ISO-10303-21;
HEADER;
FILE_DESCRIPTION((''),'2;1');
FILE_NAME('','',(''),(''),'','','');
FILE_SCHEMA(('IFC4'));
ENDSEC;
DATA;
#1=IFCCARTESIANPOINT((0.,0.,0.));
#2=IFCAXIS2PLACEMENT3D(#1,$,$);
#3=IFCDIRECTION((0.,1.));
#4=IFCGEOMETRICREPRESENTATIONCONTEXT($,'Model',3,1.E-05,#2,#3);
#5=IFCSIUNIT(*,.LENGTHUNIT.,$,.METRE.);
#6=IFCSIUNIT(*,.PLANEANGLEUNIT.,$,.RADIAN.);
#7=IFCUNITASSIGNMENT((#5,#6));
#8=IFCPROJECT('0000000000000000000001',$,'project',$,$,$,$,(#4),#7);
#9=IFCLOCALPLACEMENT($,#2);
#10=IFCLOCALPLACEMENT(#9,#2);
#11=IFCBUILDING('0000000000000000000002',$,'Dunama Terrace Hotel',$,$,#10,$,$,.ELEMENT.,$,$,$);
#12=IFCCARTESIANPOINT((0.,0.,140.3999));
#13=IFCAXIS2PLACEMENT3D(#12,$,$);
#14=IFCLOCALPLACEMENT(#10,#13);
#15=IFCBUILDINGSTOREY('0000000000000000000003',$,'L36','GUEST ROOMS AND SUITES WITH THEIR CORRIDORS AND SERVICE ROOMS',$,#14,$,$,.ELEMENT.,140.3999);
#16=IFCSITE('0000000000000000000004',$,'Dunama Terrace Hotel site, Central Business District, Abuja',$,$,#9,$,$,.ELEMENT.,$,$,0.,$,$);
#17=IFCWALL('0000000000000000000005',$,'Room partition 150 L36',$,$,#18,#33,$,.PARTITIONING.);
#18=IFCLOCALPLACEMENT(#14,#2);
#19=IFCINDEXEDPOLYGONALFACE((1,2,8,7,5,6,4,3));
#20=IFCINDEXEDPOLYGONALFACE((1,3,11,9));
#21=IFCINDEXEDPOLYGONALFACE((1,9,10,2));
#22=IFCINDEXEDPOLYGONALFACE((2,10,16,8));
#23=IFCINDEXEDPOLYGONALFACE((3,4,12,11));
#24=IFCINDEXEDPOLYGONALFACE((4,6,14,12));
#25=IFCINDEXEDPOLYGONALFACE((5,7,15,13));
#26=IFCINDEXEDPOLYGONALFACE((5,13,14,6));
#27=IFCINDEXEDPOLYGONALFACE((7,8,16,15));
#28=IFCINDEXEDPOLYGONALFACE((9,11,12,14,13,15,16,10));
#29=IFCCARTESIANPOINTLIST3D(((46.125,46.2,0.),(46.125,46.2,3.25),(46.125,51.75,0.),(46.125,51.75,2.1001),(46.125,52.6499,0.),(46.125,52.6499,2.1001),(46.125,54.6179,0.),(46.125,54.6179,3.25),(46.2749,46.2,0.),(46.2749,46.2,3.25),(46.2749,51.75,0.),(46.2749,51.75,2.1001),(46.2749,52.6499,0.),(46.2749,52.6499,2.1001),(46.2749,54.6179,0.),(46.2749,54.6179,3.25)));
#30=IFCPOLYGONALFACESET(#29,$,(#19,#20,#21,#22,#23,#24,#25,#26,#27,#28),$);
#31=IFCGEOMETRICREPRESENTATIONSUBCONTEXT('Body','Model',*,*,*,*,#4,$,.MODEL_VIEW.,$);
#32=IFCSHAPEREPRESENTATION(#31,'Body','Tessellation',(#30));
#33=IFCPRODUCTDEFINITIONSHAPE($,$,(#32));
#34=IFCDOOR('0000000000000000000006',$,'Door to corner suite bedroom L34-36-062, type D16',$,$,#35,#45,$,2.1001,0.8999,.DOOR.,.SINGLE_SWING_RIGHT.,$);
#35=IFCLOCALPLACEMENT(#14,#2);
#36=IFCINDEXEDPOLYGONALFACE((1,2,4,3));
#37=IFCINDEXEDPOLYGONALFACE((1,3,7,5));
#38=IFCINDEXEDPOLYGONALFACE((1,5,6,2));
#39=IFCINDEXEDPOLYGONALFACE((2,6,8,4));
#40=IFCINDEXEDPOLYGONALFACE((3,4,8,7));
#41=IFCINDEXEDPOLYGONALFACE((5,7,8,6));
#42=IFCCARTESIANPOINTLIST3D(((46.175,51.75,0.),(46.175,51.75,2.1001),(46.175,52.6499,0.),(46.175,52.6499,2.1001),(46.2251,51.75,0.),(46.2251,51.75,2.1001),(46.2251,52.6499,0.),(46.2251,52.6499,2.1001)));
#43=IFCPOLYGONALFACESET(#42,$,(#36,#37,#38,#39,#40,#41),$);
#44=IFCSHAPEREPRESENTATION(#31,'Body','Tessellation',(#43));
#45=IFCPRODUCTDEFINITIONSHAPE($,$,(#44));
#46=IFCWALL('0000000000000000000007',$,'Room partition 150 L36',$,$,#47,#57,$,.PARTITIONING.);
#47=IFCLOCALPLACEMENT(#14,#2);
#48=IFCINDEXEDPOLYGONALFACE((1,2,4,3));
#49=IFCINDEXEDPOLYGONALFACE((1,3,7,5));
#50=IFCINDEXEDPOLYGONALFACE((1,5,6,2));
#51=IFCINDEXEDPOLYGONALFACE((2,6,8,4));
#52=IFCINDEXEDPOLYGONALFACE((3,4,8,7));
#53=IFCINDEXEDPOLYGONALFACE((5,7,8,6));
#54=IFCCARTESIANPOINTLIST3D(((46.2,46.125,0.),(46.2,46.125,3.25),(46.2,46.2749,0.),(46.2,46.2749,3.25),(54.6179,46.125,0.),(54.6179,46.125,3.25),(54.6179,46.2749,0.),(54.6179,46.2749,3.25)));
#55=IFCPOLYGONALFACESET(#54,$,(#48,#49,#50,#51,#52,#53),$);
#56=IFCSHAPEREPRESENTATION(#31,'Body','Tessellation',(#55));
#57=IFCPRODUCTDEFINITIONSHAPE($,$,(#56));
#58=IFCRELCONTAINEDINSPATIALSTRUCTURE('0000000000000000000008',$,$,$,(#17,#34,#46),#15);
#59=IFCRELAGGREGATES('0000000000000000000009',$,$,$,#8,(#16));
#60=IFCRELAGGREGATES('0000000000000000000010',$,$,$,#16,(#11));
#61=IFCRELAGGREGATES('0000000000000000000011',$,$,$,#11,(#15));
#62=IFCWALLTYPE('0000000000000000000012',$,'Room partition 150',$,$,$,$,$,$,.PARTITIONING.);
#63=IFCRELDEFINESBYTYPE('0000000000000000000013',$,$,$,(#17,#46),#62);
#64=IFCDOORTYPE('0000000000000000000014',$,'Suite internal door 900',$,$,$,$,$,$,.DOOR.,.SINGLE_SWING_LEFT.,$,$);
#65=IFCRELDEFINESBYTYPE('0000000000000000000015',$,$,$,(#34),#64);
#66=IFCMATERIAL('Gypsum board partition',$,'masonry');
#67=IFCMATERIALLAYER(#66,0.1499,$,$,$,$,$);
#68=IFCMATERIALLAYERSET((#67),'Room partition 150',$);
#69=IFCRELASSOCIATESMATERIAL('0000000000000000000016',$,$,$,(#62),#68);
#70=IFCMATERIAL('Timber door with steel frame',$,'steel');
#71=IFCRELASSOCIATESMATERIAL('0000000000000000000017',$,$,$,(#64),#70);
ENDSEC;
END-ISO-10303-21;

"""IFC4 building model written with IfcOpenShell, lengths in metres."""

from ifc_helpers import new_model, si_unit, direction, frame, frame_2d, origin, place, context, subcontext, project, spatial, rectangle, extrude, material, layer, layer_set, type_object, element, fill, save


model = new_model("IFC4")

# Units and contexts
model_context = context("Model", 3, precision=1e-05, world=origin(), true_north=direction((0.0, 1.0)))
body_context = subcontext(model_context, "Body", "Model", "MODEL_VIEW")
ifc_project = project(units=[si_unit("LENGTHUNIT", "METRE"), si_unit("PLANEANGLEUNIT", "RADIAN")], contexts=[model_context])

# Site, building, storey
site_placement = place(None, origin())
site = spatial("IfcSite", under=ifc_project, at=site_placement, Name="Dunama Terrace Hotel site, Central Business District, Abuja", CompositionType="ELEMENT", RefElevation=0.0)
building_placement = place(site_placement, origin())
building = spatial("IfcBuilding", under=site, at=building_placement, Name="Dunama Terrace Hotel", CompositionType="ELEMENT")
storey_placement = place(building_placement, frame((0.0, 0.0, 140.3999)))
storey = spatial("IfcBuildingStorey", under=building, at=storey_placement, Name="L36", Description="GUEST ROOMS AND SUITES WITH THEIR CORRIDORS AND SERVICE ROOMS", CompositionType="ELEMENT", Elevation=140.3999)

# Wall, opening, door
ifc_material_1 = material(Name="Gypsum board partition", Category="masonry")
ifc_layer_1 = layer(ifc_material_1, 0.1499)
ifc_layer_set_1 = layer_set([ifc_layer_1], Name="Room partition 150")
wall_type_1 = type_object("IfcWallType", Name="Room partition 150", PredefinedType="PARTITIONING", material=ifc_layer_set_1)
wall_1_placement = place(storey_placement, frame((46.2, 46.2, 0.0), z_axis=(0.0, 0.0, 1.0), x_axis=(0.0, 1.0, 0.0)))
wall_1 = element("IfcWall", 1, at=wall_1_placement, inside=storey, type_object=wall_type_1, Name="Room partition 150 L36", PredefinedType="PARTITIONING", context=body_context, shape_type="SweptSolid", body=[
    extrude(rectangle(XDim=8.418, YDim=0.1499, at=frame_2d((4.209, 0.0))), origin(), (0.0, 0.0, 1.0), 3.25),
])
opening_1_placement = place(wall_1_placement, frame((5.55, 0.0, 0.0)))
opening_1 = element("IfcOpeningElement", 2, at=opening_1_placement, cuts=wall_1, PredefinedType="OPENING", context=body_context, shape_type="SweptSolid", body=[
    extrude(rectangle(XDim=0.8999, YDim=2.1001, at=frame_2d((0.45, 1.05))), frame((0.0, 0.085, 0.0), z_axis=(0.0, -1.0, 0.0), x_axis=(1.0, 0.0, 0.0)), (0.0, 0.0, 1.0), 0.1699),
])
ifc_material_2 = material(Name="Timber door with steel frame", Category="steel")
door_type_1 = type_object("IfcDoorType", Name="Suite internal door 900", OperationType="SINGLE_SWING_LEFT", PredefinedType="DOOR", material=ifc_material_2)
door_1_placement = place(opening_1_placement, frame((0.8999, 0.0, 0.0), z_axis=(0.0, 0.0, 1.0), x_axis=(-1.0, 0.0, 0.0)))
door_1 = element("IfcDoor", 3, at=door_1_placement, inside=storey, type_object=door_type_1, Name="Door to corner suite bedroom L34-36-062, type D16", OperationType="SINGLE_SWING_RIGHT", OverallHeight=2.1001, OverallWidth=0.8999, PredefinedType="DOOR", context=body_context, shape_type="SweptSolid", body=[
    extrude(rectangle(XDim=0.8999, YDim=2.1001, at=frame_2d((0.45, 1.05))), frame((0.0, 0.0251, 0.0), z_axis=(0.0, -1.0, 0.0), x_axis=(1.0, 0.0, 0.0)), (0.0, 0.0, 1.0), 0.05),
])
fill(opening_1, door_1)

# Wall
wall_2_placement = place(storey_placement, frame((46.2, 46.2, 0.0), z_axis=(0.0, 0.0, 1.0), x_axis=(1.0, 0.0, 0.0)))
element("IfcWall", 4, at=wall_2_placement, inside=storey, type_object=wall_type_1, Name="Room partition 150 L36", PredefinedType="PARTITIONING", context=body_context, shape_type="SweptSolid", body=[
    extrude(rectangle(XDim=8.418, YDim=0.1499, at=frame_2d((4.209, 0.0))), origin(), (0.0, 0.0, 1.0), 3.25),
])

save(model, "model.ifc")
